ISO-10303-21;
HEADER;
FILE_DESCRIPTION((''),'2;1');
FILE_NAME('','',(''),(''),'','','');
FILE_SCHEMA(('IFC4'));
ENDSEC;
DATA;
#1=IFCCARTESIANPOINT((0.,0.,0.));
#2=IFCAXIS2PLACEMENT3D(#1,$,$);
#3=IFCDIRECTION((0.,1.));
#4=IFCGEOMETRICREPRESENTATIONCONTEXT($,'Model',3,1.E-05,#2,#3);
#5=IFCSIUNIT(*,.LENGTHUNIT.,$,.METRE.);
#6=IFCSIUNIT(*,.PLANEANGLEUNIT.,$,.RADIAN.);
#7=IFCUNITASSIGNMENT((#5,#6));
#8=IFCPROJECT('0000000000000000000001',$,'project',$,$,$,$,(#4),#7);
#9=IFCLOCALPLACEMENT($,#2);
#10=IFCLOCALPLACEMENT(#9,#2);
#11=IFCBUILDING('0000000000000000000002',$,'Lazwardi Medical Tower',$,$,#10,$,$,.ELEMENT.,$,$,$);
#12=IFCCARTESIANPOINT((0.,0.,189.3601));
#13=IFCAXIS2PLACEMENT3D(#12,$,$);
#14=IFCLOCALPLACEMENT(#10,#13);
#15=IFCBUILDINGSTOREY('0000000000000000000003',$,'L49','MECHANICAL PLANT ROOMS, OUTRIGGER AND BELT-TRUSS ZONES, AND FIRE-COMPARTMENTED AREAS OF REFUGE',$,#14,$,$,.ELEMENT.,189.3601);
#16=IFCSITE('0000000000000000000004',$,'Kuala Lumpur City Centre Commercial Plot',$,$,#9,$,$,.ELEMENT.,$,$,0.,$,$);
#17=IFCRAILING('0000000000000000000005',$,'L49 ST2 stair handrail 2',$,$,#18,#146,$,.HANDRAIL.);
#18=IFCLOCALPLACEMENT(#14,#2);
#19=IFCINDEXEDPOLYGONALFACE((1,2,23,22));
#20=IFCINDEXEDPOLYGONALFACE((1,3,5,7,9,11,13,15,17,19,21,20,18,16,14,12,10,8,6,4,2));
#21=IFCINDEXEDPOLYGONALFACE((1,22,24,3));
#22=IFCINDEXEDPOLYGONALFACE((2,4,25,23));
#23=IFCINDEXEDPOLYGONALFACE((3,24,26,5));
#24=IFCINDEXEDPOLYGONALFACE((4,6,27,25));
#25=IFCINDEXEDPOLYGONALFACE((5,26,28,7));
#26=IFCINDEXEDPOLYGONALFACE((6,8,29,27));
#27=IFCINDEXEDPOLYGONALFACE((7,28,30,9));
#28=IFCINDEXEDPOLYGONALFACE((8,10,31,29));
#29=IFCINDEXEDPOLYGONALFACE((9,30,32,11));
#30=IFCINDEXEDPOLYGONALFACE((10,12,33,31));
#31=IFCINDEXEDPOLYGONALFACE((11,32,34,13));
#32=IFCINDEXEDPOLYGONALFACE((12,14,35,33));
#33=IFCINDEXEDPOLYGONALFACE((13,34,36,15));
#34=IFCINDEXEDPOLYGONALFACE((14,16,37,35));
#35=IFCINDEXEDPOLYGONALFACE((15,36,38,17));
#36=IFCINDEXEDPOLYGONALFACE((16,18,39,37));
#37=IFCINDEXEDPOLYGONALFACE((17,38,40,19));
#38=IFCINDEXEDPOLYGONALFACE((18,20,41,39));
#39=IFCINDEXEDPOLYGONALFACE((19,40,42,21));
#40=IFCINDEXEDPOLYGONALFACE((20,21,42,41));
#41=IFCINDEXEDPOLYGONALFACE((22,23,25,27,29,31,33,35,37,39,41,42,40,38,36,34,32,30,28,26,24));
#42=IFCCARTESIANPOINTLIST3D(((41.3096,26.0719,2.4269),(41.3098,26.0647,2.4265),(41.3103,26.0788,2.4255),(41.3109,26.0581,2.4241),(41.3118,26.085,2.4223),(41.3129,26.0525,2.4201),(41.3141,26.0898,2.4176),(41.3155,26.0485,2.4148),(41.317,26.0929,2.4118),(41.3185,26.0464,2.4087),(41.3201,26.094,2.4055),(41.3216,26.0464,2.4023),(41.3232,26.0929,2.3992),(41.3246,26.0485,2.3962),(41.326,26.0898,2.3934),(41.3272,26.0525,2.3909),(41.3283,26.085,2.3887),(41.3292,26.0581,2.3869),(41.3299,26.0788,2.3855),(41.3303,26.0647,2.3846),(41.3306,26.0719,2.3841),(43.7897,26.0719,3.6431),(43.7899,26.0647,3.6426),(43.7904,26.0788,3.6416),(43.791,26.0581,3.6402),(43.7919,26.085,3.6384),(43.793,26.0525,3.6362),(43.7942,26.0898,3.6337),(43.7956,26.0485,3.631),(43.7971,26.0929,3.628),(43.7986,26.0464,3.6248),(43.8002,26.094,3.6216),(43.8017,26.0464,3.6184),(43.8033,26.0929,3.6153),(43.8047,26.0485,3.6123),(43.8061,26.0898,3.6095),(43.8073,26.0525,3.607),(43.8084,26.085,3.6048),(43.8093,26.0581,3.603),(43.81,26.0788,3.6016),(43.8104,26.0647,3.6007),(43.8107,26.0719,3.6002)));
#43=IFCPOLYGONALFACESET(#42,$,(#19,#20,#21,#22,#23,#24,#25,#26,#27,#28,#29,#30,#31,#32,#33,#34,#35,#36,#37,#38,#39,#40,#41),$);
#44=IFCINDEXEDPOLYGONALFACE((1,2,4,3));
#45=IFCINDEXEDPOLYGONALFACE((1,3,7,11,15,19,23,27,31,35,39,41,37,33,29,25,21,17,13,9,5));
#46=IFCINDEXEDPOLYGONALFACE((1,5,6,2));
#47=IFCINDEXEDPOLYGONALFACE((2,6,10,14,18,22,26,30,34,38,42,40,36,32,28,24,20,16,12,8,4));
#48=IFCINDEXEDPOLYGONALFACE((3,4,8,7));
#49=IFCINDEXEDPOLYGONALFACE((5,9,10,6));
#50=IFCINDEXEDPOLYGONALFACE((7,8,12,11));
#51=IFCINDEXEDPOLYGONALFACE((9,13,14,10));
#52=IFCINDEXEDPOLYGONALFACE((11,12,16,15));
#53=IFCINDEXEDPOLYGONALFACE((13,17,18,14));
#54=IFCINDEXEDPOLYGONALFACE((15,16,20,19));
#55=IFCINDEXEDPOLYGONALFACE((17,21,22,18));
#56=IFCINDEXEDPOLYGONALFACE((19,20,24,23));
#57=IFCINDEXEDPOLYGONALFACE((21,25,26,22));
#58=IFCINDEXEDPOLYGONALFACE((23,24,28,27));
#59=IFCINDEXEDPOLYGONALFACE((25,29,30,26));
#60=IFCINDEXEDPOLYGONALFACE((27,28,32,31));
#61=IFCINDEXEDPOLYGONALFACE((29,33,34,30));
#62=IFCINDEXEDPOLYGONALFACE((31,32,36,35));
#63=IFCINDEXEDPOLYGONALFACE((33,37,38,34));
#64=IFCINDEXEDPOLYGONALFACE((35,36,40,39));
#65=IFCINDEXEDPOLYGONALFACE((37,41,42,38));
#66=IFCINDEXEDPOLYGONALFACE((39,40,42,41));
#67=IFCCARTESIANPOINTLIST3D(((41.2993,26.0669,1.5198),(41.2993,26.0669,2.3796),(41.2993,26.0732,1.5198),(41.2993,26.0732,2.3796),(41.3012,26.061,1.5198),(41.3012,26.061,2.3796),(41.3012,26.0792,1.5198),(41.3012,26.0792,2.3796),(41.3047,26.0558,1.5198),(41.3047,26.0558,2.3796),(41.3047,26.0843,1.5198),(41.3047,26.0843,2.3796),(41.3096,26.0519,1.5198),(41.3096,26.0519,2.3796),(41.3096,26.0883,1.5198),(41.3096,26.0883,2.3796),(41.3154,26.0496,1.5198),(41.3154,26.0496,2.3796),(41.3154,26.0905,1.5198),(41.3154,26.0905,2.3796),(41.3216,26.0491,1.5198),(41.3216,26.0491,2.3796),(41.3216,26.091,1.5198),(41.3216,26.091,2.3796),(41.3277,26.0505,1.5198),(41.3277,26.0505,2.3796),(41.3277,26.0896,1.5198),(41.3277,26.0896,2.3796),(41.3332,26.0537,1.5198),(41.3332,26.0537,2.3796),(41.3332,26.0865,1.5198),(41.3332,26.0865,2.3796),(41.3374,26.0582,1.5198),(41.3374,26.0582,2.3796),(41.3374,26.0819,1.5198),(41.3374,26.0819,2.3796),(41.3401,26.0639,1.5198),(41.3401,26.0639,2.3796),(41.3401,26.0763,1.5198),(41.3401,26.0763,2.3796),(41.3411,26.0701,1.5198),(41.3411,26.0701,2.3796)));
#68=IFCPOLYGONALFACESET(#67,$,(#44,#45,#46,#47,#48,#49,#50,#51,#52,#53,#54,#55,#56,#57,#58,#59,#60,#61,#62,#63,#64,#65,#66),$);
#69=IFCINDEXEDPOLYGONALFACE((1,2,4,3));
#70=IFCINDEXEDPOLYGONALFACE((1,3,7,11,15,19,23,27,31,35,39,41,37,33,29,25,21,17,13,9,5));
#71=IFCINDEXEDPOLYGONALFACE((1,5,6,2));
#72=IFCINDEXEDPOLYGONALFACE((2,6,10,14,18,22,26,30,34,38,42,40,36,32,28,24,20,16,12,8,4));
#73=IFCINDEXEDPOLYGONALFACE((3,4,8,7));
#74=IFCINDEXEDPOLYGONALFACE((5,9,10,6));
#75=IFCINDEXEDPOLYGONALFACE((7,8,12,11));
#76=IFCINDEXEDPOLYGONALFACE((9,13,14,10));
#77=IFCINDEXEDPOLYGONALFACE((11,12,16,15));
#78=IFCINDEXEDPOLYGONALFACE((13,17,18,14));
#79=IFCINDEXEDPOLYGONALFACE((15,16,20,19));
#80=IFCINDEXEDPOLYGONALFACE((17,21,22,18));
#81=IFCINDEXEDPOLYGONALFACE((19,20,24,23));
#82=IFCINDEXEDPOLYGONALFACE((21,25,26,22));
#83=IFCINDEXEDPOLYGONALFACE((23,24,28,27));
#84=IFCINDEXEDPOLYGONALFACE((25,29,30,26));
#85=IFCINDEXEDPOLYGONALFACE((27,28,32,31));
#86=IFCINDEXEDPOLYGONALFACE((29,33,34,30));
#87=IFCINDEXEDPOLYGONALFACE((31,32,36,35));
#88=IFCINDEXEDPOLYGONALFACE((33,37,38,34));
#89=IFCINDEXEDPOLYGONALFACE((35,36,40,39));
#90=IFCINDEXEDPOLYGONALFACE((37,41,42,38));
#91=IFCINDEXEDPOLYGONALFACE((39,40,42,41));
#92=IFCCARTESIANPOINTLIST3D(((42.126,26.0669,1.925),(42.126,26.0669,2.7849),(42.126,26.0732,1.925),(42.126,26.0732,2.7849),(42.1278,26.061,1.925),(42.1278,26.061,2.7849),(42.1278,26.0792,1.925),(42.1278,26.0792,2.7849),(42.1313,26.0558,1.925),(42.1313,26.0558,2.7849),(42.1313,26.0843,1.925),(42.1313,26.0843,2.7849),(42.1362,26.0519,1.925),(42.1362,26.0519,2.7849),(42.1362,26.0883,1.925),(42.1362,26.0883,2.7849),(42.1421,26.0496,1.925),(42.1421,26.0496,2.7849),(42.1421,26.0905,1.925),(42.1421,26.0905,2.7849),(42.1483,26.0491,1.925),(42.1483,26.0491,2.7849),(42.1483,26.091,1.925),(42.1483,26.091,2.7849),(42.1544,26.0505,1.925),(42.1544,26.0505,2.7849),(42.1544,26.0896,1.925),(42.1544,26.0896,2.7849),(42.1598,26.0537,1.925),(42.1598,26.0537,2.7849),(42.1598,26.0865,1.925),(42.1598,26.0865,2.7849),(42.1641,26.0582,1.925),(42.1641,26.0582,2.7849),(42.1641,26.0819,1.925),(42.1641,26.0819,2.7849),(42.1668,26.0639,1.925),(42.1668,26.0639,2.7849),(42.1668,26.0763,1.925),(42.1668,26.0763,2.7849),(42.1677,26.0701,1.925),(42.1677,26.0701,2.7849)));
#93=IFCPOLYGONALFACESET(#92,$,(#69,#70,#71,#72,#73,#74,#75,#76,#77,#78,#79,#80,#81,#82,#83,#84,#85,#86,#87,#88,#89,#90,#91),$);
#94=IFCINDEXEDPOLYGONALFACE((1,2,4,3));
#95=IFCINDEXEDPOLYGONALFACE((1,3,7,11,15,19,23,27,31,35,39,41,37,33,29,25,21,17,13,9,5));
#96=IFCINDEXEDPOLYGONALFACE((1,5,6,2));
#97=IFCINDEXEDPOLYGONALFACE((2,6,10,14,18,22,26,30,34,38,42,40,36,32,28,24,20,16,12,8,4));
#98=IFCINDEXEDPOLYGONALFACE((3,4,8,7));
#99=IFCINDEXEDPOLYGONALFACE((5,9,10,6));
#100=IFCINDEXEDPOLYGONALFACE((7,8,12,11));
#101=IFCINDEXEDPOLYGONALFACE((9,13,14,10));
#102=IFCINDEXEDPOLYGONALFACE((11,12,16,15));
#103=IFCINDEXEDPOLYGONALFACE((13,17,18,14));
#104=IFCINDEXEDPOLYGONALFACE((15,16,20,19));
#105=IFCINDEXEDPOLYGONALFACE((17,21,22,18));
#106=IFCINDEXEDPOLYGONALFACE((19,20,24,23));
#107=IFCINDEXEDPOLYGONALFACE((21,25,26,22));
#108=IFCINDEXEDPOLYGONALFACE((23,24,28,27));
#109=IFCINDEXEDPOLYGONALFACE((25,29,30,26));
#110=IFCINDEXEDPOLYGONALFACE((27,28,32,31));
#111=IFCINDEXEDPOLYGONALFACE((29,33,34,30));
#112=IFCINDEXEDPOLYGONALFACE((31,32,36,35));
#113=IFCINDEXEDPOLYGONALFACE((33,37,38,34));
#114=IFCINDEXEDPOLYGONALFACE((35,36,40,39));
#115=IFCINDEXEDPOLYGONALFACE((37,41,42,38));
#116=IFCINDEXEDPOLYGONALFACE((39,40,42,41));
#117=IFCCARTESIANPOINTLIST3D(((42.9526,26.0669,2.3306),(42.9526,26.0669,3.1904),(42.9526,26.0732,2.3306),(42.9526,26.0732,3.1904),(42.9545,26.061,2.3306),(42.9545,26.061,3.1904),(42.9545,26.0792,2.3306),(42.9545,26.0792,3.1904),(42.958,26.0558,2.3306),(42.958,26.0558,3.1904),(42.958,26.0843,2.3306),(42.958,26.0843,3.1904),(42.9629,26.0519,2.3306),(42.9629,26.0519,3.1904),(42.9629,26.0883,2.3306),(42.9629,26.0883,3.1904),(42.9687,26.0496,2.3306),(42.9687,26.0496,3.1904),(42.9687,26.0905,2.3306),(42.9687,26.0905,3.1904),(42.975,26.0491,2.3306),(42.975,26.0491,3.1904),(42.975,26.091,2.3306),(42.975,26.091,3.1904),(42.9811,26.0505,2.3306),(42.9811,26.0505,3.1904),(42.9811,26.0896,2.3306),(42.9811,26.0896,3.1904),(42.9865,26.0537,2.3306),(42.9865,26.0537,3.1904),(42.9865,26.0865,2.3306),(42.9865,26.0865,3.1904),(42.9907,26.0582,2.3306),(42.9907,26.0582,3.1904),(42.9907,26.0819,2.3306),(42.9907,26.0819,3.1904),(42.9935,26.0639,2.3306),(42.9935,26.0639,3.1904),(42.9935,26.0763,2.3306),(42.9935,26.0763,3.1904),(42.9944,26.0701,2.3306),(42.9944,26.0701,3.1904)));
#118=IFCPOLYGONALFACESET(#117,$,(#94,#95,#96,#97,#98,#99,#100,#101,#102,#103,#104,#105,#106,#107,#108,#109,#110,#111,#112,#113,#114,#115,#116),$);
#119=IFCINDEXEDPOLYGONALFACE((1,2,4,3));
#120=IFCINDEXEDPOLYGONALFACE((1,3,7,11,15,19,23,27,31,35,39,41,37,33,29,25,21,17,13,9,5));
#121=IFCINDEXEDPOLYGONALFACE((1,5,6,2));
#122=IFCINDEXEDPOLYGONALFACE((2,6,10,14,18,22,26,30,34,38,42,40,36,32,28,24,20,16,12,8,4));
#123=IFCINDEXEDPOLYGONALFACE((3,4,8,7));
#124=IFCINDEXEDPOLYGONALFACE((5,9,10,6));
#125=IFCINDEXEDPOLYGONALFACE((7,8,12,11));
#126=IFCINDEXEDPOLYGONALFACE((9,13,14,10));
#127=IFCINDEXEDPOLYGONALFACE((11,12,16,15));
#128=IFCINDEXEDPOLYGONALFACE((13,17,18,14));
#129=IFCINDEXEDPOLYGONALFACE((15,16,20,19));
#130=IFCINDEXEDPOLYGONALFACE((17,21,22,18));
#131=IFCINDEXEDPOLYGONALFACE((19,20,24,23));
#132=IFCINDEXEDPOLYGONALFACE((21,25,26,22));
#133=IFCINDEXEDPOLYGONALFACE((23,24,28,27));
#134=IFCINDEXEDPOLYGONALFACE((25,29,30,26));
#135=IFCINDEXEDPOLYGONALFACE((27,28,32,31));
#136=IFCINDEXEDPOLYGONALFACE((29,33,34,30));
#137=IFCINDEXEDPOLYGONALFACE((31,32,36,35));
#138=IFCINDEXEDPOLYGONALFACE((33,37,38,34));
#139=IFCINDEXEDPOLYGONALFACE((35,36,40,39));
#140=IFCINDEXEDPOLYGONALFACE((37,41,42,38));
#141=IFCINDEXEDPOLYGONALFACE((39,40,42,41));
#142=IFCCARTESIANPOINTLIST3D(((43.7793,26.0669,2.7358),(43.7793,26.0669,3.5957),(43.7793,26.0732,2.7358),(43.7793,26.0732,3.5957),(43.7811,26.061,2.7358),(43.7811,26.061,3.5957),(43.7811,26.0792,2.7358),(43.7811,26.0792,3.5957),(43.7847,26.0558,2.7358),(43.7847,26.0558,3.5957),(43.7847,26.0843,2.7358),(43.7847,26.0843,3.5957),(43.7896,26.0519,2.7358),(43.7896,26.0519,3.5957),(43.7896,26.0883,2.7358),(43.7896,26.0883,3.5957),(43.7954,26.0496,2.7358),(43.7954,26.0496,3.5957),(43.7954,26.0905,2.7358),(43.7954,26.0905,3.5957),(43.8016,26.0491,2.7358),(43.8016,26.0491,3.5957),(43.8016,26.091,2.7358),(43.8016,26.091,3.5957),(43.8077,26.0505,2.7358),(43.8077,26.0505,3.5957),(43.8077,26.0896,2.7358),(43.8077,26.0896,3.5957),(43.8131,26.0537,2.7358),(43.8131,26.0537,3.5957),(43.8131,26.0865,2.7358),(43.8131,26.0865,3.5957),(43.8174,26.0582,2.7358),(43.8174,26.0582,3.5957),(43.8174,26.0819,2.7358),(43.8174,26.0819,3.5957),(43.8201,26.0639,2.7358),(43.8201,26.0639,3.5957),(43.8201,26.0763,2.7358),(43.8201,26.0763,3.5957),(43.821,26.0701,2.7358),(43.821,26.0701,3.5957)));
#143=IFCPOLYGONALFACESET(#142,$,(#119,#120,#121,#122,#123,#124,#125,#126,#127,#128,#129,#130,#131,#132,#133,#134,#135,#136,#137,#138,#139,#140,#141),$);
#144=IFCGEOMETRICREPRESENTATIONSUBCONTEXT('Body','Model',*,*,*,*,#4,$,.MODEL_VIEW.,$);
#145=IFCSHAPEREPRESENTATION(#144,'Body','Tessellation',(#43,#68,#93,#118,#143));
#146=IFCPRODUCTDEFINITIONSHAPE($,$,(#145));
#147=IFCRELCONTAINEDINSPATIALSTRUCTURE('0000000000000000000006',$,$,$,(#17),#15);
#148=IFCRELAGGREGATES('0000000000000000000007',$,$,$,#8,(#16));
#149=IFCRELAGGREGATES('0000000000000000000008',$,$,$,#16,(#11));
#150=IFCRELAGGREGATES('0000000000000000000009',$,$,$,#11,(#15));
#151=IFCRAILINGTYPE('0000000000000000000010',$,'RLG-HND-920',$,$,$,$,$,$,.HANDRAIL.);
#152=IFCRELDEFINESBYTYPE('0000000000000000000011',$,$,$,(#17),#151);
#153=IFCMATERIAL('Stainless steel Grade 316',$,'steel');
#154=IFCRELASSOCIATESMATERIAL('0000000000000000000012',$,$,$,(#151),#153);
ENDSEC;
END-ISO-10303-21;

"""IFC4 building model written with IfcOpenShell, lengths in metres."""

from ifc_helpers import new_model, si_unit, direction, frame, origin, origin_2d, place, context, subcontext, project, spatial, circle, extrude, material, type_object, element, save


model = new_model("IFC4")

# Units and contexts
model_context = context("Model", 3, precision=1e-05, world=origin(), true_north=direction((0.0, 1.0)))
body_context = subcontext(model_context, "Body", "Model", "MODEL_VIEW")
ifc_project = project(units=[si_unit("LENGTHUNIT", "METRE"), si_unit("PLANEANGLEUNIT", "RADIAN")], contexts=[model_context])

# Site, building, storey
site_placement = place(None, origin())
site = spatial("IfcSite", under=ifc_project, at=site_placement, Name="Kuala Lumpur City Centre Commercial Plot", CompositionType="ELEMENT", RefElevation=0.0)
building_placement = place(site_placement, origin())
building = spatial("IfcBuilding", under=site, at=building_placement, Name="Lazwardi Medical Tower", CompositionType="ELEMENT")
storey_placement = place(building_placement, frame((0.0, 0.0, 189.3601)))
storey = spatial("IfcBuildingStorey", under=building, at=storey_placement, Name="L49", Description="MECHANICAL PLANT ROOMS, OUTRIGGER AND BELT-TRUSS ZONES, AND FIRE-COMPARTMENTED AREAS OF REFUGE", CompositionType="ELEMENT", Elevation=189.3601)

# Railing
ifc_material_1 = material(Name="Stainless steel Grade 316", Category="steel")
railing_type_1 = type_object("IfcRailingType", Name="RLG-HND-920", PredefinedType="HANDRAIL", material=ifc_material_1)
for number, where, name in (
    (1, (41.3201, 26.0701, 1.5198), "L49 ST2 stair handrail 2"),
):
    element("IfcRailing", number, at=place(storey_placement, frame(where)), inside=storey, type_object=railing_type_1, Name=name, PredefinedType="HANDRAIL", context=body_context, shape_type="SweptSolid", body=[
        extrude(circle(Radius=0.0239, at=origin_2d()), frame((0.0, 0.0, 0.8857), z_axis=(0.897865, 0.0, 0.44027), x_axis=(0.0, 1.0, 0.0)), (0.0, 0.0, 1.0), 2.7622),
        extrude(circle(Radius=0.021, at=origin_2d()), origin(), (0.0, 0.0, 1.0), 0.8599),
        extrude(circle(Radius=0.021, at=origin_2d()), frame((0.8267, 0.0, 0.4053)), (0.0, 0.0, 1.0), 0.8599),
        extrude(circle(Radius=0.021, at=origin_2d()), frame((1.6533, 0.0, 0.8108)), (0.0, 0.0, 1.0), 0.8599),
        extrude(circle(Radius=0.021, at=origin_2d()), frame((2.48, 0.0, 1.2161)), (0.0, 0.0, 1.0), 0.8599),
    ])

save(model, "model.ifc")
